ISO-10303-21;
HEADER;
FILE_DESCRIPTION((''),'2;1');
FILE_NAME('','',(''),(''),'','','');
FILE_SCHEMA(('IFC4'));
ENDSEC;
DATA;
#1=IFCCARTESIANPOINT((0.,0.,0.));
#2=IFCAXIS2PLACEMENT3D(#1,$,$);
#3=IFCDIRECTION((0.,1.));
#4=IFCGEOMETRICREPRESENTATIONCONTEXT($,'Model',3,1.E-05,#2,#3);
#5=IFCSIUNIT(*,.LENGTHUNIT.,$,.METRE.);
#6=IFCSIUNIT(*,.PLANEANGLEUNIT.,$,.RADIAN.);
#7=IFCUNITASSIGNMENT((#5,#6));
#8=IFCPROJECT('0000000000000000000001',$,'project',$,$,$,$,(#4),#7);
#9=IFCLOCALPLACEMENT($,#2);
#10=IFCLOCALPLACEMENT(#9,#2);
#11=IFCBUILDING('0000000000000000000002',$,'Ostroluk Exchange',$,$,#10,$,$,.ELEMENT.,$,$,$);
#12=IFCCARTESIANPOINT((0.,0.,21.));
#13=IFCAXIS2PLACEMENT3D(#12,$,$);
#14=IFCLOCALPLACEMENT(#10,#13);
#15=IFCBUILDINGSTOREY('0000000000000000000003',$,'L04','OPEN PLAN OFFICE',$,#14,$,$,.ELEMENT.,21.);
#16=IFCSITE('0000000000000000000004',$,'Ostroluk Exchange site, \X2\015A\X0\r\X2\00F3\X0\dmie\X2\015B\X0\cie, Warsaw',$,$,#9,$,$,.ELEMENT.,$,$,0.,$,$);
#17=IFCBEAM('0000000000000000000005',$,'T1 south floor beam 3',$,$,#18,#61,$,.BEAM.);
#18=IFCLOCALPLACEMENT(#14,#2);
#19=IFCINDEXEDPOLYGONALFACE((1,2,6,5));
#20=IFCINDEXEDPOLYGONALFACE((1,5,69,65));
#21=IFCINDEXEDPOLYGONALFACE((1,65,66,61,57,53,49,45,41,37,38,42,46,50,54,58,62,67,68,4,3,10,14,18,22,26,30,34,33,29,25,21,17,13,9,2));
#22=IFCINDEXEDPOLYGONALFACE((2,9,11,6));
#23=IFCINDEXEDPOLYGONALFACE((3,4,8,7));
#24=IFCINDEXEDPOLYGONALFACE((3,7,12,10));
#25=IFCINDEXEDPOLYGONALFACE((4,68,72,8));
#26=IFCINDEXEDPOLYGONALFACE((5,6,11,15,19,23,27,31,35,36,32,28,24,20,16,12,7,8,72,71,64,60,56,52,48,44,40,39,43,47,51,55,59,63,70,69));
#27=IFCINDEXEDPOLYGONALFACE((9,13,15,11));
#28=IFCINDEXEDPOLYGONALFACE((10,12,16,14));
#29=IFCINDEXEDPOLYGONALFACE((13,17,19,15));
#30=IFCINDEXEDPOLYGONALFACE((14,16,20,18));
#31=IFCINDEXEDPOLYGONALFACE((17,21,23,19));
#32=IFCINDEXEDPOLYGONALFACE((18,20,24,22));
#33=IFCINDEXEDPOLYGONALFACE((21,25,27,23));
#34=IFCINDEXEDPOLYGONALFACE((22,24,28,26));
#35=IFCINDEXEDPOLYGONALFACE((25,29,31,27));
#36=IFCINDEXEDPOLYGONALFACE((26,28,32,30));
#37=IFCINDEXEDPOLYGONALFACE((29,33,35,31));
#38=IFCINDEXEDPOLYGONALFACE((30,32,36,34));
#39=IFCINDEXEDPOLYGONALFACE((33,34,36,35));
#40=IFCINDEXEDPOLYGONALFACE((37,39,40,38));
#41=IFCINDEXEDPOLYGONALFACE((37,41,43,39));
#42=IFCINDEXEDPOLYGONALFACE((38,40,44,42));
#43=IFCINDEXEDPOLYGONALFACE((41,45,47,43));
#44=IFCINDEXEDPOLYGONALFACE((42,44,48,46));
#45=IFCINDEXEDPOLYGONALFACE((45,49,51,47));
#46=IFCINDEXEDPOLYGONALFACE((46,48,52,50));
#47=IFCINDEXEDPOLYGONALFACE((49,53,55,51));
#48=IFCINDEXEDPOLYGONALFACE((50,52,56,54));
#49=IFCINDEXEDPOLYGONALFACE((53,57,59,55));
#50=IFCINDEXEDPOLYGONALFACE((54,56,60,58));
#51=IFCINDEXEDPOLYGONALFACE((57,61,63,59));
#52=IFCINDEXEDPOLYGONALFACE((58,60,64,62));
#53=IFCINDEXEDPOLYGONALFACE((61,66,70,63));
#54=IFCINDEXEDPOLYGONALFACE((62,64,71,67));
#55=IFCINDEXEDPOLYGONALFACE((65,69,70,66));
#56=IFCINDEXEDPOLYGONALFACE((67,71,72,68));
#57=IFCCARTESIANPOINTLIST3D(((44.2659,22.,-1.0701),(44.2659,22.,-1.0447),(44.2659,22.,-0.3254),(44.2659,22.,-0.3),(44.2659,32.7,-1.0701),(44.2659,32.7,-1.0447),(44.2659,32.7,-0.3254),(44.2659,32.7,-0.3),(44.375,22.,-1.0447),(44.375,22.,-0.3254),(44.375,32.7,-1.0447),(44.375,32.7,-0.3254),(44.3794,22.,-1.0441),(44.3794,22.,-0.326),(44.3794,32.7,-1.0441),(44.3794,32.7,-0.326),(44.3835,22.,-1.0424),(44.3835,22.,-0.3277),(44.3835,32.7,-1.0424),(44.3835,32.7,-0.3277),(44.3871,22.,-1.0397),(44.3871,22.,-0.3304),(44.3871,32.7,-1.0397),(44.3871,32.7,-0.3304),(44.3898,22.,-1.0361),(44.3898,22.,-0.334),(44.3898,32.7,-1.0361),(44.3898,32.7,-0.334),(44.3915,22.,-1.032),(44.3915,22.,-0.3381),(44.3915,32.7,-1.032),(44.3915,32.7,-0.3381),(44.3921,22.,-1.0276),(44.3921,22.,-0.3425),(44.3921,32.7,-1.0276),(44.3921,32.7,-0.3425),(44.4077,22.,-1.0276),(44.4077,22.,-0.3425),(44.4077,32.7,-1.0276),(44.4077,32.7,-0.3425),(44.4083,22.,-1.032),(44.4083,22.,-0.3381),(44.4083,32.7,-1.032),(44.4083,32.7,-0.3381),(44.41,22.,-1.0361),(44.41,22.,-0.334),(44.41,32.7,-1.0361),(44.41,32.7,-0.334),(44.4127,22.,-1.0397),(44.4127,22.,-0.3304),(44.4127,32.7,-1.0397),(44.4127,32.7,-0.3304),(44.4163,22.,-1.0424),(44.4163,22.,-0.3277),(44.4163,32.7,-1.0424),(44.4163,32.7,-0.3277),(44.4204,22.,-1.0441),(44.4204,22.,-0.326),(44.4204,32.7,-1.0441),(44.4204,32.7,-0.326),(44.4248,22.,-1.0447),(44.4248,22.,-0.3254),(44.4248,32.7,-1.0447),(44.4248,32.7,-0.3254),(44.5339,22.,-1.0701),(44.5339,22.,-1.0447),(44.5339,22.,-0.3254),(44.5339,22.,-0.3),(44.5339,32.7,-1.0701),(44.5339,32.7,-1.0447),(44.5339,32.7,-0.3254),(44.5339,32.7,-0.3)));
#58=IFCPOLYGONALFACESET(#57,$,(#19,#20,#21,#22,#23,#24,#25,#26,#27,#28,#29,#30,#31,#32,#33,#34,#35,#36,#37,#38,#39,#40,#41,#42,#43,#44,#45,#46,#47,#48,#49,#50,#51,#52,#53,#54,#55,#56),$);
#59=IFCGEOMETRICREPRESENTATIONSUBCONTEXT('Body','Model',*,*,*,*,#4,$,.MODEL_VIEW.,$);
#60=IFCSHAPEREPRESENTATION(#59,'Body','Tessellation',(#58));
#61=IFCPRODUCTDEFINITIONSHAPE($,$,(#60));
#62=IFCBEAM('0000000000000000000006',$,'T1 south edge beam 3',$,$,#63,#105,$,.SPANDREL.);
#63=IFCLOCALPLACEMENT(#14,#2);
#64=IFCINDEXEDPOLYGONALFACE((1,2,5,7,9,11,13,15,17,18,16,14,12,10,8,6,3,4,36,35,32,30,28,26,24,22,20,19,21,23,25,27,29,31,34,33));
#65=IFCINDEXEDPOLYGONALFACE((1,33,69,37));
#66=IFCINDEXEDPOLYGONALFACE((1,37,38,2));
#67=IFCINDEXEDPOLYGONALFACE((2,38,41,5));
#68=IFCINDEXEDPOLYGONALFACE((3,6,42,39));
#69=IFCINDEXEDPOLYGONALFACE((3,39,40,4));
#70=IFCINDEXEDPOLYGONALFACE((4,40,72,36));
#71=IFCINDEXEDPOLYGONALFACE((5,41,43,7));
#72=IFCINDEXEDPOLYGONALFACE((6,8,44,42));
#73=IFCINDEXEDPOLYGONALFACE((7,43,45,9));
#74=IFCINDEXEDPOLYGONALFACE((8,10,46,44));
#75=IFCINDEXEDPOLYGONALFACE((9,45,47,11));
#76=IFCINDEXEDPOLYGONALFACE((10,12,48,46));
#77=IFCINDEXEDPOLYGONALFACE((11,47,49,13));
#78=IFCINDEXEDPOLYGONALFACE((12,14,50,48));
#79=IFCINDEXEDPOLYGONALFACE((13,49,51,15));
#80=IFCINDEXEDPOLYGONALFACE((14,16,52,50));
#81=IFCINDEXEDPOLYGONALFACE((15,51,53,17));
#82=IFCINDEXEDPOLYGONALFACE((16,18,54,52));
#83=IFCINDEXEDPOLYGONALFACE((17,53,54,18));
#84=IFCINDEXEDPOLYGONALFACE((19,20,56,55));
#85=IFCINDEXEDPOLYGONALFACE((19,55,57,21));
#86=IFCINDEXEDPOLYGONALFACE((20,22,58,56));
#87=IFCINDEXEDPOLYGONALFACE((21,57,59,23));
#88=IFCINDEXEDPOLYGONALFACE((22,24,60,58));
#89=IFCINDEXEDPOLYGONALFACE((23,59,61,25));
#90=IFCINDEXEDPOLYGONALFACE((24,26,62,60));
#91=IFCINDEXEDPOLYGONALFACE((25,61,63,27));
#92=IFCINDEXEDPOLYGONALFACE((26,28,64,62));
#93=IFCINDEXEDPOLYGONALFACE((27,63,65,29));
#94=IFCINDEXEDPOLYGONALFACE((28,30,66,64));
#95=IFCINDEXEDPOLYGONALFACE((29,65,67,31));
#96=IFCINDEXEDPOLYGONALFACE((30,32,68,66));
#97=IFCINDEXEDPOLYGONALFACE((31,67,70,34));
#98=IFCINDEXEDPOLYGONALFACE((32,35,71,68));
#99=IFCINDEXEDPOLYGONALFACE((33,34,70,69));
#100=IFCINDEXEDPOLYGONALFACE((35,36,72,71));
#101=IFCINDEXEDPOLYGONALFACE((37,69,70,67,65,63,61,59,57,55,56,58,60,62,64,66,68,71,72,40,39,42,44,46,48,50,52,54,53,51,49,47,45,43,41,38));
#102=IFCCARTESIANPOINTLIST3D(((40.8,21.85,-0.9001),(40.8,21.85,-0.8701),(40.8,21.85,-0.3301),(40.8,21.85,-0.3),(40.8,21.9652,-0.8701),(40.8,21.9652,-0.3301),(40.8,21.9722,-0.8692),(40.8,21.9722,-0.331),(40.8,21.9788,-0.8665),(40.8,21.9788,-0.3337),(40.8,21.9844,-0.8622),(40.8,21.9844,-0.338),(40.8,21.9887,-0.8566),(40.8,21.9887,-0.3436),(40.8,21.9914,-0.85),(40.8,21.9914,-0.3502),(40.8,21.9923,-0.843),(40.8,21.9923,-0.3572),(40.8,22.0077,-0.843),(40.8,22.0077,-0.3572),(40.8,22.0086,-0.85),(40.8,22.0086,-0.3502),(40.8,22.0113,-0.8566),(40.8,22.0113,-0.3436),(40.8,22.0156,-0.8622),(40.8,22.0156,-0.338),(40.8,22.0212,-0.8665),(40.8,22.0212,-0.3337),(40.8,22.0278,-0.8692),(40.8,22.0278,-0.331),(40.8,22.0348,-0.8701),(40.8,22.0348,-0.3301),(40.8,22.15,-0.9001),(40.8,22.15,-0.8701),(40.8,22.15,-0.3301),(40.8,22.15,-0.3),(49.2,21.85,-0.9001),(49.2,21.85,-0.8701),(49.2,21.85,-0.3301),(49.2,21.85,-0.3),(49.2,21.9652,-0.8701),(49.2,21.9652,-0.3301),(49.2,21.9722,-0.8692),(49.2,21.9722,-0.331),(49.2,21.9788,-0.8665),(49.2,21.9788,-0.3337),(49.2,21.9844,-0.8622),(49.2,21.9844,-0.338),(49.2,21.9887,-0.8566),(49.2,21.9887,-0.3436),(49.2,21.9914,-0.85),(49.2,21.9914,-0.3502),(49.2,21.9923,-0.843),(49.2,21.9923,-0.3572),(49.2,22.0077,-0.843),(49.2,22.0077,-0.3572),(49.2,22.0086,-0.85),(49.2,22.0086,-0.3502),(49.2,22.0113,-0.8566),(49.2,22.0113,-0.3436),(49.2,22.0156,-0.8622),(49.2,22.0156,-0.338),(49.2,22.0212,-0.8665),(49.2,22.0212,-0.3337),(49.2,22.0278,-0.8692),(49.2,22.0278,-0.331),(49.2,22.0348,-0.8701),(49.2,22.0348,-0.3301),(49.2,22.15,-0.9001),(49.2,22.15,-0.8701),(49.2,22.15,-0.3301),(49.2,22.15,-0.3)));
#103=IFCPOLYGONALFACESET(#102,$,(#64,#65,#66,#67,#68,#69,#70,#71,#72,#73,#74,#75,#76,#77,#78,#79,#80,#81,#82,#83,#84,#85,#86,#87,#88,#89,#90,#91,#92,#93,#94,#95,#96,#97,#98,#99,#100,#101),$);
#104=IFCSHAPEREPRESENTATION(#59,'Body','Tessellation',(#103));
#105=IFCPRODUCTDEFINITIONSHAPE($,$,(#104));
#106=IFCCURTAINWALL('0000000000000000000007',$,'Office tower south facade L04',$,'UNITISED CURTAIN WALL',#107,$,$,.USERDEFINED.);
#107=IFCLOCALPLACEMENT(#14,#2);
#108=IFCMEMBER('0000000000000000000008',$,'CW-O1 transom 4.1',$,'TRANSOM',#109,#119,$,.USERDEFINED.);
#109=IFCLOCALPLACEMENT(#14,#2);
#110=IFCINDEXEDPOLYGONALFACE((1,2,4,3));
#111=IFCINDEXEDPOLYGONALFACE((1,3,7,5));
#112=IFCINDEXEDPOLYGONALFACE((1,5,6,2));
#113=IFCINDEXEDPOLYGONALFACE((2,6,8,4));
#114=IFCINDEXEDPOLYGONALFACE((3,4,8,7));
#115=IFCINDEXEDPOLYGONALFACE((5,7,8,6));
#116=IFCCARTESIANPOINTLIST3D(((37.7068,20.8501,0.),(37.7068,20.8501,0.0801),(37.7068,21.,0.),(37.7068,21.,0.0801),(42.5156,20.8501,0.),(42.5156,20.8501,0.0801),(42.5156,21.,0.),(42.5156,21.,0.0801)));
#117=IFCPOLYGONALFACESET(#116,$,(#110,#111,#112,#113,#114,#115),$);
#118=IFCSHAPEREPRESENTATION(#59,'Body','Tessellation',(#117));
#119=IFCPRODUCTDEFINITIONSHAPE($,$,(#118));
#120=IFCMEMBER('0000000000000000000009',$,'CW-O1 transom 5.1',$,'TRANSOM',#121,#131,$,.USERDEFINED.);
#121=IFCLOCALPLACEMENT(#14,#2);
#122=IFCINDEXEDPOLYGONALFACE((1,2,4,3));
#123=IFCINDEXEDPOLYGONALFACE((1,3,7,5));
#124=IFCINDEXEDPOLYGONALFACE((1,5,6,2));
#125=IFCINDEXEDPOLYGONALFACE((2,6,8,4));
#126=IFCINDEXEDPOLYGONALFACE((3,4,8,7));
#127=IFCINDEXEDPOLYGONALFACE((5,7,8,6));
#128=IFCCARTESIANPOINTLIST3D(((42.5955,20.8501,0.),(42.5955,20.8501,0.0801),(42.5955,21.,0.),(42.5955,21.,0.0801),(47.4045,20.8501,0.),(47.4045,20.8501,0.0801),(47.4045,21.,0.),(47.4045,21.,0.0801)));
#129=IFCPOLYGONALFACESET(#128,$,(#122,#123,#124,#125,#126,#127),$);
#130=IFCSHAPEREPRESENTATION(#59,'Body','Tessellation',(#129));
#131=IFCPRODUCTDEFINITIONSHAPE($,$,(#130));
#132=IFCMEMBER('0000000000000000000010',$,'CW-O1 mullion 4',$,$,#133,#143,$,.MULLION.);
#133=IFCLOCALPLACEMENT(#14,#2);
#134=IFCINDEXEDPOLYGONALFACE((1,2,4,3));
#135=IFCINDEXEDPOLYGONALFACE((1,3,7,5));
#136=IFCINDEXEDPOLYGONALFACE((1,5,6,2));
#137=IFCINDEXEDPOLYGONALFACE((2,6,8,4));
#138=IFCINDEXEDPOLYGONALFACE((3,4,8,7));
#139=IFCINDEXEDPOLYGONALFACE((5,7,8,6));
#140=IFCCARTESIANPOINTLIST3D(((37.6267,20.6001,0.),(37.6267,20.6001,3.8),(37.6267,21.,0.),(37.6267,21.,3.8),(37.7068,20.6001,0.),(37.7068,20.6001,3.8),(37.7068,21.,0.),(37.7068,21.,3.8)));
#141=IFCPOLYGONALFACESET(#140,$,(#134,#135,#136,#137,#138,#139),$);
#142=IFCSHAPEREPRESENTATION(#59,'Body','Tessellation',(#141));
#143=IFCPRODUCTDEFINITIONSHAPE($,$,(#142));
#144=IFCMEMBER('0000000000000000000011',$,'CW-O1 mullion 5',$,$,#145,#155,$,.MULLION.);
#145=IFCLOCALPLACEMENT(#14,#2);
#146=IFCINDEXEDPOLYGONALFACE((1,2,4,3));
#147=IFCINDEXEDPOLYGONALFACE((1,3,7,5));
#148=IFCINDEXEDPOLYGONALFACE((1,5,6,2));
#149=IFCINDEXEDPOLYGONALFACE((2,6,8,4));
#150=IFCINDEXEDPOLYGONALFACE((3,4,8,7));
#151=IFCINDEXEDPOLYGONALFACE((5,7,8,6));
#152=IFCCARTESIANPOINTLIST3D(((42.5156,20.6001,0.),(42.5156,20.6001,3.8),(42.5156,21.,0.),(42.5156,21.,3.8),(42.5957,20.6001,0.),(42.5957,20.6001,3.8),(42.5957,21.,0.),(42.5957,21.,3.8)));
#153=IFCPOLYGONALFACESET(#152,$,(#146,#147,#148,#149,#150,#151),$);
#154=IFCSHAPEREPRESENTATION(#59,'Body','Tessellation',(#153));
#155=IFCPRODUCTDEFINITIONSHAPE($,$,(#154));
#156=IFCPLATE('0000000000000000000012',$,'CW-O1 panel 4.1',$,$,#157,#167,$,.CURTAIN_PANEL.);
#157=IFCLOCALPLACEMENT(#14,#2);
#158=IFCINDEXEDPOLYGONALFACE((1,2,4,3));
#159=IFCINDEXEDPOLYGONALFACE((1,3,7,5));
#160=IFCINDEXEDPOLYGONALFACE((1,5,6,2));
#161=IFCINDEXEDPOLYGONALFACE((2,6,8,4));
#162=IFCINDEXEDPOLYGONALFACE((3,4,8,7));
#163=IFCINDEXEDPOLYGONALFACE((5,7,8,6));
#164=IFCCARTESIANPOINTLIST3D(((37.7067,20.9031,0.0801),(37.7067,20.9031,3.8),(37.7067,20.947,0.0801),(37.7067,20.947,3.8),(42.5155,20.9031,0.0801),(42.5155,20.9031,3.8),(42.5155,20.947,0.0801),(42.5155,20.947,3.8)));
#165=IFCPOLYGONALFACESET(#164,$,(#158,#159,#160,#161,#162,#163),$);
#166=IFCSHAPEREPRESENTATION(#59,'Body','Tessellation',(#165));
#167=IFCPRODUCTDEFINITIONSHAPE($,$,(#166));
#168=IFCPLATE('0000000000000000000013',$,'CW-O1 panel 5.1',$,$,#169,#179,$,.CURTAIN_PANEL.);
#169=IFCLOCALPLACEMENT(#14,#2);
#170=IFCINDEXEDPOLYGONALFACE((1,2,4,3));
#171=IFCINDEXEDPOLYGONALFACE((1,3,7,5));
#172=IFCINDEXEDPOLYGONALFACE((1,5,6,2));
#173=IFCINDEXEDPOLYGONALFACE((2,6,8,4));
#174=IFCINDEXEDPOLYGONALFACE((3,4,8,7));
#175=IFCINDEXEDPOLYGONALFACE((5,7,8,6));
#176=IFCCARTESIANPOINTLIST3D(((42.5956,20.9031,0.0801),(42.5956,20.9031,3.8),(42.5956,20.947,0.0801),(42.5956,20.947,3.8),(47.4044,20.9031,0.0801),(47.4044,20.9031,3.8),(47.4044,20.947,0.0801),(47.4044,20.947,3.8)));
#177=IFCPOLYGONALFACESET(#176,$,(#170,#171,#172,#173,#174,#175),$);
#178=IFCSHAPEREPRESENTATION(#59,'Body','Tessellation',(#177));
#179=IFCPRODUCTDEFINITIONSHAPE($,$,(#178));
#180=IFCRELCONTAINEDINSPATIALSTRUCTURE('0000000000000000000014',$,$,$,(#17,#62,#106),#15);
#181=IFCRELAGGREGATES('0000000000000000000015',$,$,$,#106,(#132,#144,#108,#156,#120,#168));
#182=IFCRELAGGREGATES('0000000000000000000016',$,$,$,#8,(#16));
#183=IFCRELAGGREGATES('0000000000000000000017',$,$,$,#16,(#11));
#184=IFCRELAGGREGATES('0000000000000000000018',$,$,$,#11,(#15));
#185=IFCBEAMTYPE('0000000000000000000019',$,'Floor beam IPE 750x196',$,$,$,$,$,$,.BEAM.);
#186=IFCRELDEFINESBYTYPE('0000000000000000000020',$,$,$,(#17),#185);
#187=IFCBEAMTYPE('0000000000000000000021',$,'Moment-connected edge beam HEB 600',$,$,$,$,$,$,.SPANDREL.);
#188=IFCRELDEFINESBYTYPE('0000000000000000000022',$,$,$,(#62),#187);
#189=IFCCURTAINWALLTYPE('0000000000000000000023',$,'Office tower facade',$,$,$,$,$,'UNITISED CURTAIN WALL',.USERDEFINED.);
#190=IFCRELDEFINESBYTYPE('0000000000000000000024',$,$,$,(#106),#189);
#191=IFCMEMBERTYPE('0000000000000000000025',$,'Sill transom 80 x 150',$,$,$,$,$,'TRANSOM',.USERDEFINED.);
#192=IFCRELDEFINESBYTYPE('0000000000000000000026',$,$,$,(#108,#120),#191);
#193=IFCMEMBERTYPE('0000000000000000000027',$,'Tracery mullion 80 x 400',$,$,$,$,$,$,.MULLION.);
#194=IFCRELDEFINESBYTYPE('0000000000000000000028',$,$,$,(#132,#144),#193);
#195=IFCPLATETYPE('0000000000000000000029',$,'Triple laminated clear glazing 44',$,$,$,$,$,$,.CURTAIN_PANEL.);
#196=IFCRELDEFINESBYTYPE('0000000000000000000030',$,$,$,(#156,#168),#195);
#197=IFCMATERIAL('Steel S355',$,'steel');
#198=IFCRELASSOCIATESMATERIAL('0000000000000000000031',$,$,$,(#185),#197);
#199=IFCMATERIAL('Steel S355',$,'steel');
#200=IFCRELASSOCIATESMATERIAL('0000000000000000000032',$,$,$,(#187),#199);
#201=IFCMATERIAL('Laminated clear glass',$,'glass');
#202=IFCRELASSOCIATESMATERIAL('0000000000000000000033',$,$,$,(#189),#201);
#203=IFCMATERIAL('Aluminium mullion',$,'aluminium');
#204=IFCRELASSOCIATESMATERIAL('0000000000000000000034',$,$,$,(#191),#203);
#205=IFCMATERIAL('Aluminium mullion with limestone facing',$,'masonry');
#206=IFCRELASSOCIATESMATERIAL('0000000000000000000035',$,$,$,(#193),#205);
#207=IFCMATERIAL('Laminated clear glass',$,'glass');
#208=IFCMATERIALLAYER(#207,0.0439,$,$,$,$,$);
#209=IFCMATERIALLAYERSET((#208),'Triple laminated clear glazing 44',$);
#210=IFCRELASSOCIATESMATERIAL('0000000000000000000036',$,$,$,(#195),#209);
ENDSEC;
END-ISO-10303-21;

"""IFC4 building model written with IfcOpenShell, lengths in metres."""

from ifc_helpers import new_model, si_unit, direction, frame, origin, origin_2d, place, context, subcontext, project, spatial, rectangle, i_section, extrude, material, layer, layer_set, material_profile, profile_set, type_object, element, aggregate, save


model = new_model("IFC4")

# Units and contexts
model_context = context("Model", 3, precision=1e-05, world=origin(), true_north=direction((0.0, 1.0)))
body_context = subcontext(model_context, "Body", "Model", "MODEL_VIEW")
ifc_project = project(units=[si_unit("LENGTHUNIT", "METRE"), si_unit("PLANEANGLEUNIT", "RADIAN")], contexts=[model_context])

# Site, building, storey
site_placement = place(None, origin())
site = spatial("IfcSite", under=ifc_project, at=site_placement, Name="Ostroluk Exchange site, Śródmieście, Warsaw", CompositionType="ELEMENT", RefElevation=0.0)
building_placement = place(site_placement, origin())
building = spatial("IfcBuilding", under=site, at=building_placement, Name="Ostroluk Exchange", CompositionType="ELEMENT")
storey_placement = place(building_placement, frame((0.0, 0.0, 21.0)))
storey = spatial("IfcBuildingStorey", under=building, at=storey_placement, Name="L04", Description="OPEN PLAN OFFICE", CompositionType="ELEMENT", Elevation=21.0)

# Beams
ifc_material_1 = material(Name="Steel S355", Category="steel")
ifc_material_profile_1 = material_profile(ifc_material_1, i_section(OverallWidth=0.2681, OverallDepth=0.77, WebThickness=0.0156, FlangeThickness=0.0254, FilletRadius=0.0171, at=origin_2d()), Name="IPE 750x196")
ifc_profile_set_1 = profile_set([ifc_material_profile_1], Name="Steel S355")
beam_type_1 = type_object("IfcBeamType", Name="Floor beam IPE 750x196", PredefinedType="BEAM", material=ifc_profile_set_1)
for number, where, z_axis, x_axis, name in (
    (1, (44.3999, 32.7, -0.6851), (0.0, -1.0, 0.0), (1.0, 0.0, 0.0), "T1 south floor beam 3"),
):
    element("IfcBeam", number, at=place(storey_placement, frame(where, z_axis=z_axis, x_axis=x_axis)), inside=storey, type_object=beam_type_1, Name=name, PredefinedType="BEAM", context=body_context, shape_type="SweptSolid", body=[
        extrude(i_section(OverallWidth=0.2681, OverallDepth=0.77, WebThickness=0.0156, FlangeThickness=0.0254, FilletRadius=0.0171, at=origin_2d()), origin(), (0.0, 0.0, 1.0), 10.7),
    ])
ifc_material_2 = material(Name="Steel S355", Category="steel")
ifc_material_profile_2 = material_profile(ifc_material_2, i_section(OverallWidth=0.3, OverallDepth=0.6001, WebThickness=0.0154, FlangeThickness=0.03, FilletRadius=0.0271, at=origin_2d()), Name="HEB 600")
ifc_profile_set_2 = profile_set([ifc_material_profile_2], Name="Steel S355")
beam_type_2 = type_object("IfcBeamType", Name="Moment-connected edge beam HEB 600", PredefinedType="SPANDREL", material=ifc_profile_set_2)
beam_placement = place(storey_placement, frame((40.8, 22.0, -0.6001), z_axis=(1.0, 0.0, 0.0), x_axis=(0.0, 1.0, 0.0)))
element("IfcBeam", 2, at=beam_placement, inside=storey, type_object=beam_type_2, Name="T1 south edge beam 3", PredefinedType="SPANDREL", context=body_context, shape_type="SweptSolid", body=[
    extrude(i_section(OverallWidth=0.3, OverallDepth=0.6001, WebThickness=0.0154, FlangeThickness=0.03, FilletRadius=0.0271, at=origin_2d()), origin(), (0.0, 0.0, 1.0), 8.3999),
])

# Curtain wall, members, plates
ifc_material_3 = material(Name="Laminated clear glass", Category="glass")
curtain_wall_type = type_object("IfcCurtainWallType", Name="Office tower facade", ElementType="UNITISED CURTAIN WALL", PredefinedType="USERDEFINED", material=ifc_material_3)
curtain_wall_placement = place(storey_placement, origin())
curtain_wall = element("IfcCurtainWall", 3, at=curtain_wall_placement, inside=storey, type_object=curtain_wall_type, Name="Office tower south facade L04", ObjectType="UNITISED CURTAIN WALL", PredefinedType="USERDEFINED")
ifc_material_4 = material(Name="Aluminium mullion", Category="aluminium")
ifc_material_profile_3 = material_profile(ifc_material_4, rectangle(XDim=0.1499, YDim=0.0801, at=origin_2d()), Name="Sill transom 80 x 150")
ifc_profile_set_3 = profile_set([ifc_material_profile_3], Name="Aluminium mullion")
member_type_1 = type_object("IfcMemberType", Name="Sill transom 80 x 150", ElementType="TRANSOM", PredefinedType="USERDEFINED", material=ifc_profile_set_3)
member_1_placement = place(storey_placement, frame((37.7068, 20.925, 0.04), z_axis=(1.0, 0.0, 0.0), x_axis=(0.0, 1.0, 0.0)))
member_1 = element("IfcMember", 4, at=member_1_placement, type_object=member_type_1, Name="CW-O1 transom 4.1", ObjectType="TRANSOM", PredefinedType="USERDEFINED", context=body_context, shape_type="SweptSolid", body=[
    extrude(rectangle(XDim=0.1499, YDim=0.0801, at=origin_2d()), origin(), (0.0, 0.0, 1.0), 4.8088),
])
member_2_placement = place(storey_placement, frame((42.5955, 20.925, 0.04), z_axis=(1.0, 0.0, 0.0), x_axis=(0.0, 1.0, 0.0)))
member_2 = element("IfcMember", 5, at=member_2_placement, type_object=member_type_1, Name="CW-O1 transom 5.1", ObjectType="TRANSOM", PredefinedType="USERDEFINED", context=body_context, shape_type="SweptSolid", body=[
    extrude(rectangle(XDim=0.1499, YDim=0.0801, at=origin_2d()), origin(), (0.0, 0.0, 1.0), 4.8091),
])
ifc_material_5 = material(Name="Aluminium mullion with limestone facing", Category="masonry")
ifc_material_profile_4 = material_profile(ifc_material_5, rectangle(XDim=0.3999, YDim=0.0801, at=origin_2d()), Name="Tracery mullion 80 x 400")
ifc_profile_set_4 = profile_set([ifc_material_profile_4], Name="Aluminium mullion with limestone facing")
member_type_2 = type_object("IfcMemberType", Name="Tracery mullion 80 x 400", PredefinedType="MULLION", material=ifc_profile_set_4)
member_3_placement = place(storey_placement, frame((37.6667, 20.8, 0.0), z_axis=(0.0, 0.0, 1.0), x_axis=(0.0, 1.0, 0.0)))
member_3 = element("IfcMember", 6, at=member_3_placement, type_object=member_type_2, Name="CW-O1 mullion 4", PredefinedType="MULLION", context=body_context, shape_type="SweptSolid", body=[
    extrude(rectangle(XDim=0.3999, YDim=0.0801, at=origin_2d()), origin(), (0.0, 0.0, 1.0), 3.8),
])
member_4_placement = place(storey_placement, frame((42.5557, 20.8, 0.0), z_axis=(0.0, 0.0, 1.0), x_axis=(0.0, 1.0, 0.0)))
member_4 = element("IfcMember", 7, at=member_4_placement, type_object=member_type_2, Name="CW-O1 mullion 5", PredefinedType="MULLION", context=body_context, shape_type="SweptSolid", body=[
    extrude(rectangle(XDim=0.3999, YDim=0.0801, at=origin_2d()), origin(), (0.0, 0.0, 1.0), 3.8),
])
ifc_material_6 = material(Name="Laminated clear glass", Category="glass")
ifc_layer_1 = layer(ifc_material_6, 0.0439)
ifc_layer_set_1 = layer_set([ifc_layer_1], Name="Triple laminated clear glazing 44")
plate_type = type_object("IfcPlateType", Name="Triple laminated clear glazing 44", PredefinedType="CURTAIN_PANEL", material=ifc_layer_set_1)
plate_1_placement = place(storey_placement, frame((40.1111, 20.925, 0.0801), z_axis=(0.0, 0.0, 1.0), x_axis=(1.0, 0.0, 0.0)))
plate_1 = element("IfcPlate", 8, at=plate_1_placement, type_object=plate_type, Name="CW-O1 panel 4.1", PredefinedType="CURTAIN_PANEL", context=body_context, shape_type="SweptSolid", body=[
    extrude(rectangle(XDim=4.8088, YDim=0.0439, at=origin_2d()), origin(), (0.0, 0.0, 1.0), 3.72),
])
plate_2_placement = place(storey_placement, frame((45.0, 20.925, 0.0801), z_axis=(0.0, 0.0, 1.0), x_axis=(1.0, 0.0, 0.0)))
plate_2 = element("IfcPlate", 9, at=plate_2_placement, type_object=plate_type, Name="CW-O1 panel 5.1", PredefinedType="CURTAIN_PANEL", context=body_context, shape_type="SweptSolid", body=[
    extrude(rectangle(XDim=4.8088, YDim=0.0439, at=origin_2d()), origin(), (0.0, 0.0, 1.0), 3.72),
])
aggregate(curtain_wall, [member_3, member_4, member_1, plate_1, member_2, plate_2])

save(model, "model.ifc")
